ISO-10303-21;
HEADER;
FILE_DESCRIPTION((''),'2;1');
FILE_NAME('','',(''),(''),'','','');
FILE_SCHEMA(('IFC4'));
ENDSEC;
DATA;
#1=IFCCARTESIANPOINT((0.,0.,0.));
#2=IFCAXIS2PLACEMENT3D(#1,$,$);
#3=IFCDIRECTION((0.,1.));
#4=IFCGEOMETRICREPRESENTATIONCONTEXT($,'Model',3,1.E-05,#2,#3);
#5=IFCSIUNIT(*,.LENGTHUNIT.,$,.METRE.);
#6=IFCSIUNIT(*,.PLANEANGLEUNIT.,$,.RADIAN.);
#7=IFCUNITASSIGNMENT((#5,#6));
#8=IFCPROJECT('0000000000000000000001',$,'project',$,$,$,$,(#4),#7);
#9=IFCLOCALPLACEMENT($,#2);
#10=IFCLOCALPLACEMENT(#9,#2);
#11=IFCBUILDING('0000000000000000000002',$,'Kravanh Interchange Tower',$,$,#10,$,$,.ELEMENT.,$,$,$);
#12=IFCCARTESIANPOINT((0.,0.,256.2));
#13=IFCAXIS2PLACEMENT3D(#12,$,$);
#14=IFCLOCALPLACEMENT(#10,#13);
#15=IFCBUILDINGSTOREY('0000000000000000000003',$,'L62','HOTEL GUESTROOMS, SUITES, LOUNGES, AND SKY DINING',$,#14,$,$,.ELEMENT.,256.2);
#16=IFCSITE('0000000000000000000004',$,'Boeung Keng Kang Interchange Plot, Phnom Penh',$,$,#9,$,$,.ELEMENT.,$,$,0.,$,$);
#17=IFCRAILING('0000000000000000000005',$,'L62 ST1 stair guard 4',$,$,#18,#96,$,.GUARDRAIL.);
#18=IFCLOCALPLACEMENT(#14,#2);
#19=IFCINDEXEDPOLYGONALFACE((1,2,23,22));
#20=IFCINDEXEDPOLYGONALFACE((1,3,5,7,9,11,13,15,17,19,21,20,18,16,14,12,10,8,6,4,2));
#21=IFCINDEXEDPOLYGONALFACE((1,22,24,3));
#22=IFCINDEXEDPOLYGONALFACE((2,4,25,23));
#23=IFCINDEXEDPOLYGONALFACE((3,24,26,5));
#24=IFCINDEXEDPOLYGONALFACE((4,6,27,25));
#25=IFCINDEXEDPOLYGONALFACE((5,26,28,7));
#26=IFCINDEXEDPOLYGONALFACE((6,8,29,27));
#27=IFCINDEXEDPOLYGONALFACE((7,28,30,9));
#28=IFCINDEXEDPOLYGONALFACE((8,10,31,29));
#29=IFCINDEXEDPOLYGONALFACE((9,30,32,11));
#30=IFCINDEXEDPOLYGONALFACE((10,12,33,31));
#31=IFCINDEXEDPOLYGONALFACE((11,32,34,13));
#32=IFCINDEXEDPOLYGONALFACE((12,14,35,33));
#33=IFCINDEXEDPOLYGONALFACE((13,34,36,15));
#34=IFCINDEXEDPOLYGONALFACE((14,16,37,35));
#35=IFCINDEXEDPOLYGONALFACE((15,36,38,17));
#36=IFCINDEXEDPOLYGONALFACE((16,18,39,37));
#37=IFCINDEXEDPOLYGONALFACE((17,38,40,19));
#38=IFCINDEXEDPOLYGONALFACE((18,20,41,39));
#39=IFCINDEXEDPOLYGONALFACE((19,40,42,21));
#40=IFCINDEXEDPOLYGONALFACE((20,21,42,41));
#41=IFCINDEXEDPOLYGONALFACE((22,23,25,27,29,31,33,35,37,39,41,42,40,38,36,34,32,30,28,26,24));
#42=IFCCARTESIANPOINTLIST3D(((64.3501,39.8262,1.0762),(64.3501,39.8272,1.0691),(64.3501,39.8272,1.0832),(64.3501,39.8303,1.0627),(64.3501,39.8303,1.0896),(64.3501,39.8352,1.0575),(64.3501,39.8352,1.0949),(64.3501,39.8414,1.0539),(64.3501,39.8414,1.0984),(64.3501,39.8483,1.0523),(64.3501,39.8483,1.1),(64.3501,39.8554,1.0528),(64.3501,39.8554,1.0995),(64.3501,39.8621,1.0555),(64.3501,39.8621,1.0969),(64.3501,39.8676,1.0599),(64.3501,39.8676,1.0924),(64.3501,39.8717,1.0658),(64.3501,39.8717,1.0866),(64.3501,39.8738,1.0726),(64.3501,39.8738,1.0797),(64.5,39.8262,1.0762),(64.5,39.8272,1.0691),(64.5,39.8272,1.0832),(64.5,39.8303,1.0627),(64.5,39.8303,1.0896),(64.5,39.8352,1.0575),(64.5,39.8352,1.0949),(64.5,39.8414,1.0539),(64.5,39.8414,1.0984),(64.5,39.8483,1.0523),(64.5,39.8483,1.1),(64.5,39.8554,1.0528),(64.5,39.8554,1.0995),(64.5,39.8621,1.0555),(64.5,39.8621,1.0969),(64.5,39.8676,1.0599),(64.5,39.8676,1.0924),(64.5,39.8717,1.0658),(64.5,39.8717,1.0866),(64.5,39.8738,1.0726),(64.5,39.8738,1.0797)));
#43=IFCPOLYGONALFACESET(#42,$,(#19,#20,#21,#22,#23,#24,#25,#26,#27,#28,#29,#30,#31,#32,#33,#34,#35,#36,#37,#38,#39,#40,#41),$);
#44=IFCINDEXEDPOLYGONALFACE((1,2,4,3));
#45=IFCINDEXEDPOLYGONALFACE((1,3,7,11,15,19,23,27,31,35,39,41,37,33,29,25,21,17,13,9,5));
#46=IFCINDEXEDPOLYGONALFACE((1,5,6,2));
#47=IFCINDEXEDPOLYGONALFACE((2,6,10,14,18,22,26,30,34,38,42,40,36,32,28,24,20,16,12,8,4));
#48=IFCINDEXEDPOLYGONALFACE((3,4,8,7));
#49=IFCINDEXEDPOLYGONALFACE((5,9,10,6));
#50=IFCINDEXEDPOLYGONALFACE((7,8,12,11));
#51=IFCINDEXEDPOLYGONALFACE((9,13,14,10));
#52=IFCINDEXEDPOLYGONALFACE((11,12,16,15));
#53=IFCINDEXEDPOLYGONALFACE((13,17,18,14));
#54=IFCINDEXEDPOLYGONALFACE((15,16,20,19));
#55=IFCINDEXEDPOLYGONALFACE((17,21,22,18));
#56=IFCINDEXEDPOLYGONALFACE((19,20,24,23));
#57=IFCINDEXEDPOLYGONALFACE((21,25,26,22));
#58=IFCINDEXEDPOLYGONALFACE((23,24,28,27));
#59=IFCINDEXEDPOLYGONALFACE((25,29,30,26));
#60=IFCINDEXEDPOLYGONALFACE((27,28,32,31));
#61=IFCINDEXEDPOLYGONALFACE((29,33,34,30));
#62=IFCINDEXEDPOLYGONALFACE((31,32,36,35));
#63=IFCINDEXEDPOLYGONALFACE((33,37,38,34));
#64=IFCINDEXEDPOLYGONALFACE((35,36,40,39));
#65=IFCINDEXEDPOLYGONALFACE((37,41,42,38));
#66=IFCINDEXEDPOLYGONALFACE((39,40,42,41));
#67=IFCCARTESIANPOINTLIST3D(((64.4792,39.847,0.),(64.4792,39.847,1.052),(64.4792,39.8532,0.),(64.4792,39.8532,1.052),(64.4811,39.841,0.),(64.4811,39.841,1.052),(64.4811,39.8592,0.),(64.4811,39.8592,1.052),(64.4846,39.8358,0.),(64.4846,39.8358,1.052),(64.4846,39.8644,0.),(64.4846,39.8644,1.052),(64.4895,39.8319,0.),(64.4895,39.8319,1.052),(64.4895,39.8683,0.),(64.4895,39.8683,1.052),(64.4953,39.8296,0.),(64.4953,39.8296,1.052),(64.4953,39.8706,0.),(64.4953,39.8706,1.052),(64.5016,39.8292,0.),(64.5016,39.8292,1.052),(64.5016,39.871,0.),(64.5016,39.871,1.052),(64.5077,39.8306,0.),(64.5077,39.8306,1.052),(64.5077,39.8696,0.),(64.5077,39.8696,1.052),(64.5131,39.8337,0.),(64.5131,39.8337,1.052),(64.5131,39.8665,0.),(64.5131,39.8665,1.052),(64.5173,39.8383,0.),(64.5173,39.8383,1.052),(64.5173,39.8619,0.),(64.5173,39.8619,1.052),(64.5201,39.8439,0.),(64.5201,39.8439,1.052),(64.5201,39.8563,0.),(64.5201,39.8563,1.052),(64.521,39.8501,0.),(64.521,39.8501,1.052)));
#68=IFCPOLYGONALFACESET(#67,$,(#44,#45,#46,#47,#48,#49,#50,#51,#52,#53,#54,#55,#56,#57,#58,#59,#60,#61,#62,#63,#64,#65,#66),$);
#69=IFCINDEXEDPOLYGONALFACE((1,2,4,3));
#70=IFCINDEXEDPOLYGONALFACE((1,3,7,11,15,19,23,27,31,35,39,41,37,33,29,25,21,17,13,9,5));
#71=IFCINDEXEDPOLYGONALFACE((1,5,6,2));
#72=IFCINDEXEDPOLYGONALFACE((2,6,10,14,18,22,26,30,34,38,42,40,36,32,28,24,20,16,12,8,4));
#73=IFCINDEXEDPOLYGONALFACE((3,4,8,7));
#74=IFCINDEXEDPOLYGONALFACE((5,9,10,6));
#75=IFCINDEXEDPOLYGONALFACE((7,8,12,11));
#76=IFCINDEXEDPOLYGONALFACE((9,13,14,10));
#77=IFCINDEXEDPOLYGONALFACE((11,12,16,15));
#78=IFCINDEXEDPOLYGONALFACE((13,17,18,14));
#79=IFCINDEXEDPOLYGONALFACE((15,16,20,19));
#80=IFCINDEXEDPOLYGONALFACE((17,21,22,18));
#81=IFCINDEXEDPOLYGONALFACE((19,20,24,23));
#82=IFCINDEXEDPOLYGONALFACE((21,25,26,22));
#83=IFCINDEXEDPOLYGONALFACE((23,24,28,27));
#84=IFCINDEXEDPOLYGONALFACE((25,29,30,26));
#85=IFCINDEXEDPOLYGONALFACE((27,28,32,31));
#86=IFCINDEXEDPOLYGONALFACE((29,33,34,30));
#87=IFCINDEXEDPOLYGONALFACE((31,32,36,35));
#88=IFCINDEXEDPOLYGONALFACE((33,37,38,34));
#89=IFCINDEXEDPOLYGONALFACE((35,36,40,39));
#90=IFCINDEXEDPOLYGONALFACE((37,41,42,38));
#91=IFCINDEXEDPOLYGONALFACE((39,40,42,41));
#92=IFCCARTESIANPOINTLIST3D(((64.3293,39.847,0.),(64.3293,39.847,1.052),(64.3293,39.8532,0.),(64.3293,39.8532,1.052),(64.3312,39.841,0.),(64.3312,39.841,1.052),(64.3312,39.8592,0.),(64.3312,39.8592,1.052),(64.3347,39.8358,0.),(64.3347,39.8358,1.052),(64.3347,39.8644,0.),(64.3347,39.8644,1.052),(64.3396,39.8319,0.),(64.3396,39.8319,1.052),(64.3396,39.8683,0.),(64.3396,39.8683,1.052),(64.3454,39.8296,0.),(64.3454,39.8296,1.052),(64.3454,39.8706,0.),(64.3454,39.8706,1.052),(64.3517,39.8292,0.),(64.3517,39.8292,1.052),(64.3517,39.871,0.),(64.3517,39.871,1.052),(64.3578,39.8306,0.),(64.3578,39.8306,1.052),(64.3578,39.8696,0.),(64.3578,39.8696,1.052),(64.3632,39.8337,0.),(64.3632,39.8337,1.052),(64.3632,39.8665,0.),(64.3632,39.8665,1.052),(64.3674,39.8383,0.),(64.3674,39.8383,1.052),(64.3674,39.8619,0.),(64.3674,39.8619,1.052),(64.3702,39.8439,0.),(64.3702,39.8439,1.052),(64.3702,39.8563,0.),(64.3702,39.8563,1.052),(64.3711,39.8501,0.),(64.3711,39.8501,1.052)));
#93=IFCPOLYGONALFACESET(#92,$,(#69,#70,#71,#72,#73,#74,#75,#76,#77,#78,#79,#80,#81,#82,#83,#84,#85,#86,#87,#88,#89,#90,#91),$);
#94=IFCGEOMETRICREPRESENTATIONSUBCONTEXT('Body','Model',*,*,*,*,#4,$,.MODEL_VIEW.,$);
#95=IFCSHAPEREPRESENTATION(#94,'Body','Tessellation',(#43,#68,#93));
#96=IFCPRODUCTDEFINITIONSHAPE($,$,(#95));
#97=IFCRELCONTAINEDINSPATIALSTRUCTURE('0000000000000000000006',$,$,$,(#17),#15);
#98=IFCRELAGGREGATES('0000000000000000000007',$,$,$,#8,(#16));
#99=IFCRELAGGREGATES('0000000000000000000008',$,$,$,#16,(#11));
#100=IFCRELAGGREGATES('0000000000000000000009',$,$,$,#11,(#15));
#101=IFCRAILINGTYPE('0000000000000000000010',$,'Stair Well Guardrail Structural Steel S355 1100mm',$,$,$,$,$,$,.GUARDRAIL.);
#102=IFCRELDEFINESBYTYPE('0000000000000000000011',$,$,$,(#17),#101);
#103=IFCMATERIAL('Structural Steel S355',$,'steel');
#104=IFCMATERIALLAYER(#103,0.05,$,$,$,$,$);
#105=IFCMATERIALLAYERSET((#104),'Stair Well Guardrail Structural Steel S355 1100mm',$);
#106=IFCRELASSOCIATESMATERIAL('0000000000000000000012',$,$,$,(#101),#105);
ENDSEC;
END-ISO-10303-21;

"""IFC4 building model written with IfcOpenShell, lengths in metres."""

from ifc_helpers import new_model, si_unit, direction, frame, origin, origin_2d, place, context, subcontext, project, spatial, circle, extrude, material, layer, layer_set, type_object, element, save


model = new_model("IFC4")

# Units and contexts
model_context = context("Model", 3, precision=1e-05, world=origin(), true_north=direction((0.0, 1.0)))
body_context = subcontext(model_context, "Body", "Model", "MODEL_VIEW")
ifc_project = project(units=[si_unit("LENGTHUNIT", "METRE"), si_unit("PLANEANGLEUNIT", "RADIAN")], contexts=[model_context])

# Site, building, storey
site_placement = place(None, origin())
site = spatial("IfcSite", under=ifc_project, at=site_placement, Name="Boeung Keng Kang Interchange Plot, Phnom Penh", CompositionType="ELEMENT", RefElevation=0.0)
building_placement = place(site_placement, origin())
building = spatial("IfcBuilding", under=site, at=building_placement, Name="Kravanh Interchange Tower", CompositionType="ELEMENT")
storey_placement = place(building_placement, frame((0.0, 0.0, 256.2)))
storey = spatial("IfcBuildingStorey", under=building, at=storey_placement, Name="L62", Description="HOTEL GUESTROOMS, SUITES, LOUNGES, AND SKY DINING", CompositionType="ELEMENT", Elevation=256.2)

# Railing
ifc_material_1 = material(Name="Structural Steel S355", Category="steel")
ifc_layer_1 = layer(ifc_material_1, 0.05)
ifc_layer_set_1 = layer_set([ifc_layer_1], Name="Stair Well Guardrail Structural Steel S355 1100mm")
railing_type_1 = type_object("IfcRailingType", Name="Stair Well Guardrail Structural Steel S355 1100mm", PredefinedType="GUARDRAIL", material=ifc_layer_set_1)
railing_1_placement = place(storey_placement, frame((64.5, 39.8501, 0.0)))
element("IfcRailing", 1, at=railing_1_placement, inside=storey, type_object=railing_type_1, Name="L62 ST1 stair guard 4", PredefinedType="GUARDRAIL", context=body_context, shape_type="SweptSolid", body=[
    extrude(circle(Radius=0.0239, at=origin_2d()), frame((0.0, 0.0, 1.0762), z_axis=(-1.0, 0.0, 0.0), x_axis=(0.0, -1.0, 0.0)), (0.0, 0.0, 1.0), 0.1499),
    extrude(circle(Radius=0.021, at=origin_2d()), origin(), (0.0, 0.0, 1.0), 1.052),
    extrude(circle(Radius=0.021, at=origin_2d()), frame((-0.1499, 0.0, 0.0)), (0.0, 0.0, 1.0), 1.052),
])

save(model, "model.ifc")
